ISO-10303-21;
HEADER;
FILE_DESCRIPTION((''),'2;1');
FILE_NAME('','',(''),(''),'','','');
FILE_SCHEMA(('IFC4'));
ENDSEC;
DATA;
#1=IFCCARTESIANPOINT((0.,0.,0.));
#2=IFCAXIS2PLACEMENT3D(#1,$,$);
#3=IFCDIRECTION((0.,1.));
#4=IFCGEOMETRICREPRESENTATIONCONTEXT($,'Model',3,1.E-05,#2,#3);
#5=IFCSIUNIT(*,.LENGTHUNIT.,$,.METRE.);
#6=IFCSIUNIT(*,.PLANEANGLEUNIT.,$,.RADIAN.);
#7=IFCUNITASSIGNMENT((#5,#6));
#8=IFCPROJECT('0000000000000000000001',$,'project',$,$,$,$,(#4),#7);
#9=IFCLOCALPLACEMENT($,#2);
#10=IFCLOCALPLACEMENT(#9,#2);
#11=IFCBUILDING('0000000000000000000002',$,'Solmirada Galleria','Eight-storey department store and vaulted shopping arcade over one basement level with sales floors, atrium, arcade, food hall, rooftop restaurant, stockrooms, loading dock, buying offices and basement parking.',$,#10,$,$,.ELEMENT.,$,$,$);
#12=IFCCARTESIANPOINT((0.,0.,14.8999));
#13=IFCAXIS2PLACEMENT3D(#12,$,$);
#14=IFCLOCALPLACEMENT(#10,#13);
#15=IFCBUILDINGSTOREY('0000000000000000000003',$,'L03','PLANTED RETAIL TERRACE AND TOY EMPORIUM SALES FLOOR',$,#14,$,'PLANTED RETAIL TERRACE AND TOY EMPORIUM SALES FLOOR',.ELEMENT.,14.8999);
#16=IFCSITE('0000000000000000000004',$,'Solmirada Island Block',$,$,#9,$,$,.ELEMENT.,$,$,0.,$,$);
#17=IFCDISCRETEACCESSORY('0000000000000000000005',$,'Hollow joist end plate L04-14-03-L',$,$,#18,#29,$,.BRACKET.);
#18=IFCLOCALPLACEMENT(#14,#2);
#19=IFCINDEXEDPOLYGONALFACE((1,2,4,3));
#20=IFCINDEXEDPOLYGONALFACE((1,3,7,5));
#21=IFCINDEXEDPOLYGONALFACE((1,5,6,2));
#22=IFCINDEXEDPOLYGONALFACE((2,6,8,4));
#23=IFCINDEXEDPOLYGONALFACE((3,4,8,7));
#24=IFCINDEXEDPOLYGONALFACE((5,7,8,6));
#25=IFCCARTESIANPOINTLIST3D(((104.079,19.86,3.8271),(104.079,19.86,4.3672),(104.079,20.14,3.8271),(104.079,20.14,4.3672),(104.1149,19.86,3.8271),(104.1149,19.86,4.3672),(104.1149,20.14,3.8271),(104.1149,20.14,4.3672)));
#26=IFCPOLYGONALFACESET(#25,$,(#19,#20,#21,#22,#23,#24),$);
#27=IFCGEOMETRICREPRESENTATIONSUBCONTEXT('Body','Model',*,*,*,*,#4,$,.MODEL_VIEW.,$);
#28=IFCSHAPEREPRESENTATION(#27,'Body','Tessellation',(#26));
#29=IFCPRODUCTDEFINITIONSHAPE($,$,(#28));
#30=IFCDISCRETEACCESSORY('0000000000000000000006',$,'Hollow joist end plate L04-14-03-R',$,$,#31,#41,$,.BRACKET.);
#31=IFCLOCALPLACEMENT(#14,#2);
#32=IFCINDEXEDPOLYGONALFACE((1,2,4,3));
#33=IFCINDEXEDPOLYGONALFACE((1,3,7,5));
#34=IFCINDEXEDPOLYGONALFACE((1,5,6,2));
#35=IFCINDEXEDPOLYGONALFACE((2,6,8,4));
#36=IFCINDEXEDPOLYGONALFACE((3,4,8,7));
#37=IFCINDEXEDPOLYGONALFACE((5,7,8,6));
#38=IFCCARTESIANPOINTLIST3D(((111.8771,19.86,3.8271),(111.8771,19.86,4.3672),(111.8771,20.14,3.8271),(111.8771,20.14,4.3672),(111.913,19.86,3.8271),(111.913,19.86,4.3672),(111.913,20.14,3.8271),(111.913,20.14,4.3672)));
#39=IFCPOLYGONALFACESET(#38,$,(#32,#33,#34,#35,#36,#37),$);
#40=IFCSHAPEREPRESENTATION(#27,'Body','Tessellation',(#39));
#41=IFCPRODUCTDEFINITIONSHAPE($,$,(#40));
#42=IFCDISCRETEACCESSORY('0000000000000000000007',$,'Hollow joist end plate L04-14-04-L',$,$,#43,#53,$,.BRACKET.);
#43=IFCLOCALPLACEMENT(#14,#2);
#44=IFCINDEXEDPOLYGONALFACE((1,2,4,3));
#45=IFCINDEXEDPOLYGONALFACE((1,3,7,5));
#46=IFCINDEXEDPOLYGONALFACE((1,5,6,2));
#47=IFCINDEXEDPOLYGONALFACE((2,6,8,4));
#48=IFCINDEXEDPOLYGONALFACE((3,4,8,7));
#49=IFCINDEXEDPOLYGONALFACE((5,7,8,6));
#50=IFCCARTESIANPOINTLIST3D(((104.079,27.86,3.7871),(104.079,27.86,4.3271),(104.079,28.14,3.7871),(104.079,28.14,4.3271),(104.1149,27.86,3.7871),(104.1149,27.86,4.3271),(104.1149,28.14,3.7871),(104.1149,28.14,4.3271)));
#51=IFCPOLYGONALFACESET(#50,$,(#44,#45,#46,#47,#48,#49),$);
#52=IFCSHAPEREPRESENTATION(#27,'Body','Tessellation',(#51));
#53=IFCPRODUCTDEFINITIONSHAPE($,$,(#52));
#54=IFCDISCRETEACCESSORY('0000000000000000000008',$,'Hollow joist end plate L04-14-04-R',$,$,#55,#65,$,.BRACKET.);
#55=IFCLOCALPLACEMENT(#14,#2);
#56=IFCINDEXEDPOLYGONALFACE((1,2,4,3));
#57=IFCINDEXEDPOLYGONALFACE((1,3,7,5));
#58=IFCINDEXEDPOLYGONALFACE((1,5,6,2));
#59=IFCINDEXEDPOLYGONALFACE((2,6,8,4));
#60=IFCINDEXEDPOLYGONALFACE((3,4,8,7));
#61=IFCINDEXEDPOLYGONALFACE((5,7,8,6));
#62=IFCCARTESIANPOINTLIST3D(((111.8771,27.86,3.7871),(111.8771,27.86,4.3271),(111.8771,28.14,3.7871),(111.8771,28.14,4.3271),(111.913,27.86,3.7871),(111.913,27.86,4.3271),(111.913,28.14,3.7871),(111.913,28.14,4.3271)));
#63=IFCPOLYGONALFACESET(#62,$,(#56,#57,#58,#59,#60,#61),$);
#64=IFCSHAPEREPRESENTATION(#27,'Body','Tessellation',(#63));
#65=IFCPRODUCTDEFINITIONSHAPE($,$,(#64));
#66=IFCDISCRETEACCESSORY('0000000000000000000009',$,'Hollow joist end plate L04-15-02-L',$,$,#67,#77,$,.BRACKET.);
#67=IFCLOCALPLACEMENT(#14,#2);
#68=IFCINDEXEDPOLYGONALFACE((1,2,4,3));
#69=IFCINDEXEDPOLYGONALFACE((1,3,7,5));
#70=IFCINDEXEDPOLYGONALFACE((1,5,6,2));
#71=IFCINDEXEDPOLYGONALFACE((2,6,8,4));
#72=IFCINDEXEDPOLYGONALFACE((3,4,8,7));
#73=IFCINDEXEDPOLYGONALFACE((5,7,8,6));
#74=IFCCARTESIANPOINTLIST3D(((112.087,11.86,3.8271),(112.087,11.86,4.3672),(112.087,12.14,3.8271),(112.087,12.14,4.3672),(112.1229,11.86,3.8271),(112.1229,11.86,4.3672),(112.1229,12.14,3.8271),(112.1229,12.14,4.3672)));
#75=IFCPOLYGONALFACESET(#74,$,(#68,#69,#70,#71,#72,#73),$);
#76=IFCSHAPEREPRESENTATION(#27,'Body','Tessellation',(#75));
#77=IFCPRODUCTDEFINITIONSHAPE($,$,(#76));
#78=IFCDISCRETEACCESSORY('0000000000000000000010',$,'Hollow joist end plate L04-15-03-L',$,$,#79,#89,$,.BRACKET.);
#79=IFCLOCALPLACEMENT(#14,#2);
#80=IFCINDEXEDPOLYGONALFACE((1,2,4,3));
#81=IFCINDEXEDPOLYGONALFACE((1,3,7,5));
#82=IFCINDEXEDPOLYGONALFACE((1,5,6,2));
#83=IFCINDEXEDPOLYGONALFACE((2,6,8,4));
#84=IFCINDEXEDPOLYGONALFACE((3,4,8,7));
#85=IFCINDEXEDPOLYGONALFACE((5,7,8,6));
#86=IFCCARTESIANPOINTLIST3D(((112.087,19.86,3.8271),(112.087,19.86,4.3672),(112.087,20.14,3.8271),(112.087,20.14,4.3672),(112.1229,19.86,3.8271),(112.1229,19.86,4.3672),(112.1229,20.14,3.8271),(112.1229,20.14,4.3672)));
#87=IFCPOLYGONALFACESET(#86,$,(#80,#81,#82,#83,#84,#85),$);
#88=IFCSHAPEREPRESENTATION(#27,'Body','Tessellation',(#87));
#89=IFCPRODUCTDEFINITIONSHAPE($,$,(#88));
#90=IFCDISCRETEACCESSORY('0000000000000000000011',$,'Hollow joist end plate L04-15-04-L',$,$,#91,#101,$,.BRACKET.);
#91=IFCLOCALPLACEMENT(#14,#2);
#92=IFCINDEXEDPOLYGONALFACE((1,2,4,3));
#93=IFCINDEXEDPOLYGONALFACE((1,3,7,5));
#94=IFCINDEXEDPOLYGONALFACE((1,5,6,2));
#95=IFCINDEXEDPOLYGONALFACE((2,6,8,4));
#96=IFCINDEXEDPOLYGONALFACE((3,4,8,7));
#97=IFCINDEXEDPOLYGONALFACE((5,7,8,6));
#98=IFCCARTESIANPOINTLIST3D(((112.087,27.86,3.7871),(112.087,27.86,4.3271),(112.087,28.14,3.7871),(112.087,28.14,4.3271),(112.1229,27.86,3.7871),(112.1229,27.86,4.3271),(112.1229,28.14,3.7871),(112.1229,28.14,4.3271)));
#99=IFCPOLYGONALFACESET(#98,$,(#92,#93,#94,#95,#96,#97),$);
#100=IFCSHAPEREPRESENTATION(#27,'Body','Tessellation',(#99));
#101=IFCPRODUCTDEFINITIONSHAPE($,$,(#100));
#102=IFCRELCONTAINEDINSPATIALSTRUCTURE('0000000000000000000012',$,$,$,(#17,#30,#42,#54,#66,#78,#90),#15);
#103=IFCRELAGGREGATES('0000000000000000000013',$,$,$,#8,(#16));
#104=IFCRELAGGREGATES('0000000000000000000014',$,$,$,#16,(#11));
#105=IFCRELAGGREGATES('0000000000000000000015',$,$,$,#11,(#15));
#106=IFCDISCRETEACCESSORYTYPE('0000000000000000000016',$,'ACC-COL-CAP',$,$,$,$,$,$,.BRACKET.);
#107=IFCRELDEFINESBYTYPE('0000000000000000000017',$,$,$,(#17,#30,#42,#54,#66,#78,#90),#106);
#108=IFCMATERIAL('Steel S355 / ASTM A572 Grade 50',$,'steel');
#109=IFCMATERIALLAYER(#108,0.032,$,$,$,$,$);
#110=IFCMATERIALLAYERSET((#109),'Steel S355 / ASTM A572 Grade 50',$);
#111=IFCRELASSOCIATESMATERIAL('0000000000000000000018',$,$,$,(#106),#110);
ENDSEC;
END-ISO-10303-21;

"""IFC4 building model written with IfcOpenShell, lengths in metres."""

from ifc_helpers import new_model, si_unit, direction, frame, origin, origin_2d, place, context, subcontext, project, spatial, rectangle, extrude, material, layer, layer_set, type_object, element, save


model = new_model("IFC4")

# Units and contexts
model_context = context("Model", 3, precision=1e-05, world=origin(), true_north=direction((0.0, 1.0)))
body_context = subcontext(model_context, "Body", "Model", "MODEL_VIEW")
ifc_project = project(units=[si_unit("LENGTHUNIT", "METRE"), si_unit("PLANEANGLEUNIT", "RADIAN")], contexts=[model_context])

# Site, building, storey
site_placement = place(None, origin())
site = spatial("IfcSite", under=ifc_project, at=site_placement, Name="Solmirada Island Block", CompositionType="ELEMENT", RefElevation=0.0)
building_placement = place(site_placement, origin())
building = spatial("IfcBuilding", under=site, at=building_placement, Name="Solmirada Galleria", Description="Eight-storey department store and vaulted shopping arcade over one basement level with sales floors, atrium, arcade, food hall, rooftop restaurant, stockrooms, loading dock, buying offices and basement parking.", CompositionType="ELEMENT")
storey_placement = place(building_placement, frame((0.0, 0.0, 14.8999)))
storey = spatial("IfcBuildingStorey", under=building, at=storey_placement, Name="L03", Description="PLANTED RETAIL TERRACE AND TOY EMPORIUM SALES FLOOR", LongName="PLANTED RETAIL TERRACE AND TOY EMPORIUM SALES FLOOR", CompositionType="ELEMENT", Elevation=14.8999)

# Discrete accessories
ifc_material_1 = material(Name="Steel S355 / ASTM A572 Grade 50", Category="steel")
ifc_layer_1 = layer(ifc_material_1, 0.032)
ifc_layer_set_1 = layer_set([ifc_layer_1], Name="Steel S355 / ASTM A572 Grade 50")
discrete_accessory_type = type_object("IfcDiscreteAccessoryType", Name="ACC-COL-CAP", PredefinedType="BRACKET", material=ifc_layer_set_1)
for number, where, z_axis, x_axis, name in (
    (1, (104.0969, 20.0, 3.8271), (0.0, 0.0, 1.0), (1.0, 0.0, 0.0), "Hollow joist end plate L04-14-03-L"),
    (2, (111.895, 20.0, 3.8271), (0.0, 0.0, 1.0), (1.0, 0.0, 0.0), "Hollow joist end plate L04-14-03-R"),
    (3, (104.0969, 28.0, 3.7871), (0.0, 0.0, 1.0), (1.0, 0.0, 0.0), "Hollow joist end plate L04-14-04-L"),
    (4, (111.895, 28.0, 3.7871), (0.0, 0.0, 1.0), (1.0, 0.0, 0.0), "Hollow joist end plate L04-14-04-R"),
    (5, (112.105, 12.0, 3.8271), (0.0, 0.0, 1.0), (1.0, 0.0, 0.0), "Hollow joist end plate L04-15-02-L"),
    (6, (112.105, 20.0, 3.8271), (0.0, 0.0, 1.0), (1.0, 0.0, 0.0), "Hollow joist end plate L04-15-03-L"),
    (7, (112.105, 28.0, 3.7871), (0.0, 0.0, 1.0), (1.0, 0.0, 0.0), "Hollow joist end plate L04-15-04-L"),
):
    element("IfcDiscreteAccessory", number, at=place(storey_placement, frame(where, z_axis=z_axis, x_axis=x_axis)), inside=storey, type_object=discrete_accessory_type, Name=name, PredefinedType="BRACKET", context=body_context, shape_type="SweptSolid", body=[
        extrude(rectangle(XDim=0.0359, YDim=0.28, at=origin_2d()), origin(), (0.0, 0.0, 1.0), 0.54),
    ])

save(model, "model.ifc")
